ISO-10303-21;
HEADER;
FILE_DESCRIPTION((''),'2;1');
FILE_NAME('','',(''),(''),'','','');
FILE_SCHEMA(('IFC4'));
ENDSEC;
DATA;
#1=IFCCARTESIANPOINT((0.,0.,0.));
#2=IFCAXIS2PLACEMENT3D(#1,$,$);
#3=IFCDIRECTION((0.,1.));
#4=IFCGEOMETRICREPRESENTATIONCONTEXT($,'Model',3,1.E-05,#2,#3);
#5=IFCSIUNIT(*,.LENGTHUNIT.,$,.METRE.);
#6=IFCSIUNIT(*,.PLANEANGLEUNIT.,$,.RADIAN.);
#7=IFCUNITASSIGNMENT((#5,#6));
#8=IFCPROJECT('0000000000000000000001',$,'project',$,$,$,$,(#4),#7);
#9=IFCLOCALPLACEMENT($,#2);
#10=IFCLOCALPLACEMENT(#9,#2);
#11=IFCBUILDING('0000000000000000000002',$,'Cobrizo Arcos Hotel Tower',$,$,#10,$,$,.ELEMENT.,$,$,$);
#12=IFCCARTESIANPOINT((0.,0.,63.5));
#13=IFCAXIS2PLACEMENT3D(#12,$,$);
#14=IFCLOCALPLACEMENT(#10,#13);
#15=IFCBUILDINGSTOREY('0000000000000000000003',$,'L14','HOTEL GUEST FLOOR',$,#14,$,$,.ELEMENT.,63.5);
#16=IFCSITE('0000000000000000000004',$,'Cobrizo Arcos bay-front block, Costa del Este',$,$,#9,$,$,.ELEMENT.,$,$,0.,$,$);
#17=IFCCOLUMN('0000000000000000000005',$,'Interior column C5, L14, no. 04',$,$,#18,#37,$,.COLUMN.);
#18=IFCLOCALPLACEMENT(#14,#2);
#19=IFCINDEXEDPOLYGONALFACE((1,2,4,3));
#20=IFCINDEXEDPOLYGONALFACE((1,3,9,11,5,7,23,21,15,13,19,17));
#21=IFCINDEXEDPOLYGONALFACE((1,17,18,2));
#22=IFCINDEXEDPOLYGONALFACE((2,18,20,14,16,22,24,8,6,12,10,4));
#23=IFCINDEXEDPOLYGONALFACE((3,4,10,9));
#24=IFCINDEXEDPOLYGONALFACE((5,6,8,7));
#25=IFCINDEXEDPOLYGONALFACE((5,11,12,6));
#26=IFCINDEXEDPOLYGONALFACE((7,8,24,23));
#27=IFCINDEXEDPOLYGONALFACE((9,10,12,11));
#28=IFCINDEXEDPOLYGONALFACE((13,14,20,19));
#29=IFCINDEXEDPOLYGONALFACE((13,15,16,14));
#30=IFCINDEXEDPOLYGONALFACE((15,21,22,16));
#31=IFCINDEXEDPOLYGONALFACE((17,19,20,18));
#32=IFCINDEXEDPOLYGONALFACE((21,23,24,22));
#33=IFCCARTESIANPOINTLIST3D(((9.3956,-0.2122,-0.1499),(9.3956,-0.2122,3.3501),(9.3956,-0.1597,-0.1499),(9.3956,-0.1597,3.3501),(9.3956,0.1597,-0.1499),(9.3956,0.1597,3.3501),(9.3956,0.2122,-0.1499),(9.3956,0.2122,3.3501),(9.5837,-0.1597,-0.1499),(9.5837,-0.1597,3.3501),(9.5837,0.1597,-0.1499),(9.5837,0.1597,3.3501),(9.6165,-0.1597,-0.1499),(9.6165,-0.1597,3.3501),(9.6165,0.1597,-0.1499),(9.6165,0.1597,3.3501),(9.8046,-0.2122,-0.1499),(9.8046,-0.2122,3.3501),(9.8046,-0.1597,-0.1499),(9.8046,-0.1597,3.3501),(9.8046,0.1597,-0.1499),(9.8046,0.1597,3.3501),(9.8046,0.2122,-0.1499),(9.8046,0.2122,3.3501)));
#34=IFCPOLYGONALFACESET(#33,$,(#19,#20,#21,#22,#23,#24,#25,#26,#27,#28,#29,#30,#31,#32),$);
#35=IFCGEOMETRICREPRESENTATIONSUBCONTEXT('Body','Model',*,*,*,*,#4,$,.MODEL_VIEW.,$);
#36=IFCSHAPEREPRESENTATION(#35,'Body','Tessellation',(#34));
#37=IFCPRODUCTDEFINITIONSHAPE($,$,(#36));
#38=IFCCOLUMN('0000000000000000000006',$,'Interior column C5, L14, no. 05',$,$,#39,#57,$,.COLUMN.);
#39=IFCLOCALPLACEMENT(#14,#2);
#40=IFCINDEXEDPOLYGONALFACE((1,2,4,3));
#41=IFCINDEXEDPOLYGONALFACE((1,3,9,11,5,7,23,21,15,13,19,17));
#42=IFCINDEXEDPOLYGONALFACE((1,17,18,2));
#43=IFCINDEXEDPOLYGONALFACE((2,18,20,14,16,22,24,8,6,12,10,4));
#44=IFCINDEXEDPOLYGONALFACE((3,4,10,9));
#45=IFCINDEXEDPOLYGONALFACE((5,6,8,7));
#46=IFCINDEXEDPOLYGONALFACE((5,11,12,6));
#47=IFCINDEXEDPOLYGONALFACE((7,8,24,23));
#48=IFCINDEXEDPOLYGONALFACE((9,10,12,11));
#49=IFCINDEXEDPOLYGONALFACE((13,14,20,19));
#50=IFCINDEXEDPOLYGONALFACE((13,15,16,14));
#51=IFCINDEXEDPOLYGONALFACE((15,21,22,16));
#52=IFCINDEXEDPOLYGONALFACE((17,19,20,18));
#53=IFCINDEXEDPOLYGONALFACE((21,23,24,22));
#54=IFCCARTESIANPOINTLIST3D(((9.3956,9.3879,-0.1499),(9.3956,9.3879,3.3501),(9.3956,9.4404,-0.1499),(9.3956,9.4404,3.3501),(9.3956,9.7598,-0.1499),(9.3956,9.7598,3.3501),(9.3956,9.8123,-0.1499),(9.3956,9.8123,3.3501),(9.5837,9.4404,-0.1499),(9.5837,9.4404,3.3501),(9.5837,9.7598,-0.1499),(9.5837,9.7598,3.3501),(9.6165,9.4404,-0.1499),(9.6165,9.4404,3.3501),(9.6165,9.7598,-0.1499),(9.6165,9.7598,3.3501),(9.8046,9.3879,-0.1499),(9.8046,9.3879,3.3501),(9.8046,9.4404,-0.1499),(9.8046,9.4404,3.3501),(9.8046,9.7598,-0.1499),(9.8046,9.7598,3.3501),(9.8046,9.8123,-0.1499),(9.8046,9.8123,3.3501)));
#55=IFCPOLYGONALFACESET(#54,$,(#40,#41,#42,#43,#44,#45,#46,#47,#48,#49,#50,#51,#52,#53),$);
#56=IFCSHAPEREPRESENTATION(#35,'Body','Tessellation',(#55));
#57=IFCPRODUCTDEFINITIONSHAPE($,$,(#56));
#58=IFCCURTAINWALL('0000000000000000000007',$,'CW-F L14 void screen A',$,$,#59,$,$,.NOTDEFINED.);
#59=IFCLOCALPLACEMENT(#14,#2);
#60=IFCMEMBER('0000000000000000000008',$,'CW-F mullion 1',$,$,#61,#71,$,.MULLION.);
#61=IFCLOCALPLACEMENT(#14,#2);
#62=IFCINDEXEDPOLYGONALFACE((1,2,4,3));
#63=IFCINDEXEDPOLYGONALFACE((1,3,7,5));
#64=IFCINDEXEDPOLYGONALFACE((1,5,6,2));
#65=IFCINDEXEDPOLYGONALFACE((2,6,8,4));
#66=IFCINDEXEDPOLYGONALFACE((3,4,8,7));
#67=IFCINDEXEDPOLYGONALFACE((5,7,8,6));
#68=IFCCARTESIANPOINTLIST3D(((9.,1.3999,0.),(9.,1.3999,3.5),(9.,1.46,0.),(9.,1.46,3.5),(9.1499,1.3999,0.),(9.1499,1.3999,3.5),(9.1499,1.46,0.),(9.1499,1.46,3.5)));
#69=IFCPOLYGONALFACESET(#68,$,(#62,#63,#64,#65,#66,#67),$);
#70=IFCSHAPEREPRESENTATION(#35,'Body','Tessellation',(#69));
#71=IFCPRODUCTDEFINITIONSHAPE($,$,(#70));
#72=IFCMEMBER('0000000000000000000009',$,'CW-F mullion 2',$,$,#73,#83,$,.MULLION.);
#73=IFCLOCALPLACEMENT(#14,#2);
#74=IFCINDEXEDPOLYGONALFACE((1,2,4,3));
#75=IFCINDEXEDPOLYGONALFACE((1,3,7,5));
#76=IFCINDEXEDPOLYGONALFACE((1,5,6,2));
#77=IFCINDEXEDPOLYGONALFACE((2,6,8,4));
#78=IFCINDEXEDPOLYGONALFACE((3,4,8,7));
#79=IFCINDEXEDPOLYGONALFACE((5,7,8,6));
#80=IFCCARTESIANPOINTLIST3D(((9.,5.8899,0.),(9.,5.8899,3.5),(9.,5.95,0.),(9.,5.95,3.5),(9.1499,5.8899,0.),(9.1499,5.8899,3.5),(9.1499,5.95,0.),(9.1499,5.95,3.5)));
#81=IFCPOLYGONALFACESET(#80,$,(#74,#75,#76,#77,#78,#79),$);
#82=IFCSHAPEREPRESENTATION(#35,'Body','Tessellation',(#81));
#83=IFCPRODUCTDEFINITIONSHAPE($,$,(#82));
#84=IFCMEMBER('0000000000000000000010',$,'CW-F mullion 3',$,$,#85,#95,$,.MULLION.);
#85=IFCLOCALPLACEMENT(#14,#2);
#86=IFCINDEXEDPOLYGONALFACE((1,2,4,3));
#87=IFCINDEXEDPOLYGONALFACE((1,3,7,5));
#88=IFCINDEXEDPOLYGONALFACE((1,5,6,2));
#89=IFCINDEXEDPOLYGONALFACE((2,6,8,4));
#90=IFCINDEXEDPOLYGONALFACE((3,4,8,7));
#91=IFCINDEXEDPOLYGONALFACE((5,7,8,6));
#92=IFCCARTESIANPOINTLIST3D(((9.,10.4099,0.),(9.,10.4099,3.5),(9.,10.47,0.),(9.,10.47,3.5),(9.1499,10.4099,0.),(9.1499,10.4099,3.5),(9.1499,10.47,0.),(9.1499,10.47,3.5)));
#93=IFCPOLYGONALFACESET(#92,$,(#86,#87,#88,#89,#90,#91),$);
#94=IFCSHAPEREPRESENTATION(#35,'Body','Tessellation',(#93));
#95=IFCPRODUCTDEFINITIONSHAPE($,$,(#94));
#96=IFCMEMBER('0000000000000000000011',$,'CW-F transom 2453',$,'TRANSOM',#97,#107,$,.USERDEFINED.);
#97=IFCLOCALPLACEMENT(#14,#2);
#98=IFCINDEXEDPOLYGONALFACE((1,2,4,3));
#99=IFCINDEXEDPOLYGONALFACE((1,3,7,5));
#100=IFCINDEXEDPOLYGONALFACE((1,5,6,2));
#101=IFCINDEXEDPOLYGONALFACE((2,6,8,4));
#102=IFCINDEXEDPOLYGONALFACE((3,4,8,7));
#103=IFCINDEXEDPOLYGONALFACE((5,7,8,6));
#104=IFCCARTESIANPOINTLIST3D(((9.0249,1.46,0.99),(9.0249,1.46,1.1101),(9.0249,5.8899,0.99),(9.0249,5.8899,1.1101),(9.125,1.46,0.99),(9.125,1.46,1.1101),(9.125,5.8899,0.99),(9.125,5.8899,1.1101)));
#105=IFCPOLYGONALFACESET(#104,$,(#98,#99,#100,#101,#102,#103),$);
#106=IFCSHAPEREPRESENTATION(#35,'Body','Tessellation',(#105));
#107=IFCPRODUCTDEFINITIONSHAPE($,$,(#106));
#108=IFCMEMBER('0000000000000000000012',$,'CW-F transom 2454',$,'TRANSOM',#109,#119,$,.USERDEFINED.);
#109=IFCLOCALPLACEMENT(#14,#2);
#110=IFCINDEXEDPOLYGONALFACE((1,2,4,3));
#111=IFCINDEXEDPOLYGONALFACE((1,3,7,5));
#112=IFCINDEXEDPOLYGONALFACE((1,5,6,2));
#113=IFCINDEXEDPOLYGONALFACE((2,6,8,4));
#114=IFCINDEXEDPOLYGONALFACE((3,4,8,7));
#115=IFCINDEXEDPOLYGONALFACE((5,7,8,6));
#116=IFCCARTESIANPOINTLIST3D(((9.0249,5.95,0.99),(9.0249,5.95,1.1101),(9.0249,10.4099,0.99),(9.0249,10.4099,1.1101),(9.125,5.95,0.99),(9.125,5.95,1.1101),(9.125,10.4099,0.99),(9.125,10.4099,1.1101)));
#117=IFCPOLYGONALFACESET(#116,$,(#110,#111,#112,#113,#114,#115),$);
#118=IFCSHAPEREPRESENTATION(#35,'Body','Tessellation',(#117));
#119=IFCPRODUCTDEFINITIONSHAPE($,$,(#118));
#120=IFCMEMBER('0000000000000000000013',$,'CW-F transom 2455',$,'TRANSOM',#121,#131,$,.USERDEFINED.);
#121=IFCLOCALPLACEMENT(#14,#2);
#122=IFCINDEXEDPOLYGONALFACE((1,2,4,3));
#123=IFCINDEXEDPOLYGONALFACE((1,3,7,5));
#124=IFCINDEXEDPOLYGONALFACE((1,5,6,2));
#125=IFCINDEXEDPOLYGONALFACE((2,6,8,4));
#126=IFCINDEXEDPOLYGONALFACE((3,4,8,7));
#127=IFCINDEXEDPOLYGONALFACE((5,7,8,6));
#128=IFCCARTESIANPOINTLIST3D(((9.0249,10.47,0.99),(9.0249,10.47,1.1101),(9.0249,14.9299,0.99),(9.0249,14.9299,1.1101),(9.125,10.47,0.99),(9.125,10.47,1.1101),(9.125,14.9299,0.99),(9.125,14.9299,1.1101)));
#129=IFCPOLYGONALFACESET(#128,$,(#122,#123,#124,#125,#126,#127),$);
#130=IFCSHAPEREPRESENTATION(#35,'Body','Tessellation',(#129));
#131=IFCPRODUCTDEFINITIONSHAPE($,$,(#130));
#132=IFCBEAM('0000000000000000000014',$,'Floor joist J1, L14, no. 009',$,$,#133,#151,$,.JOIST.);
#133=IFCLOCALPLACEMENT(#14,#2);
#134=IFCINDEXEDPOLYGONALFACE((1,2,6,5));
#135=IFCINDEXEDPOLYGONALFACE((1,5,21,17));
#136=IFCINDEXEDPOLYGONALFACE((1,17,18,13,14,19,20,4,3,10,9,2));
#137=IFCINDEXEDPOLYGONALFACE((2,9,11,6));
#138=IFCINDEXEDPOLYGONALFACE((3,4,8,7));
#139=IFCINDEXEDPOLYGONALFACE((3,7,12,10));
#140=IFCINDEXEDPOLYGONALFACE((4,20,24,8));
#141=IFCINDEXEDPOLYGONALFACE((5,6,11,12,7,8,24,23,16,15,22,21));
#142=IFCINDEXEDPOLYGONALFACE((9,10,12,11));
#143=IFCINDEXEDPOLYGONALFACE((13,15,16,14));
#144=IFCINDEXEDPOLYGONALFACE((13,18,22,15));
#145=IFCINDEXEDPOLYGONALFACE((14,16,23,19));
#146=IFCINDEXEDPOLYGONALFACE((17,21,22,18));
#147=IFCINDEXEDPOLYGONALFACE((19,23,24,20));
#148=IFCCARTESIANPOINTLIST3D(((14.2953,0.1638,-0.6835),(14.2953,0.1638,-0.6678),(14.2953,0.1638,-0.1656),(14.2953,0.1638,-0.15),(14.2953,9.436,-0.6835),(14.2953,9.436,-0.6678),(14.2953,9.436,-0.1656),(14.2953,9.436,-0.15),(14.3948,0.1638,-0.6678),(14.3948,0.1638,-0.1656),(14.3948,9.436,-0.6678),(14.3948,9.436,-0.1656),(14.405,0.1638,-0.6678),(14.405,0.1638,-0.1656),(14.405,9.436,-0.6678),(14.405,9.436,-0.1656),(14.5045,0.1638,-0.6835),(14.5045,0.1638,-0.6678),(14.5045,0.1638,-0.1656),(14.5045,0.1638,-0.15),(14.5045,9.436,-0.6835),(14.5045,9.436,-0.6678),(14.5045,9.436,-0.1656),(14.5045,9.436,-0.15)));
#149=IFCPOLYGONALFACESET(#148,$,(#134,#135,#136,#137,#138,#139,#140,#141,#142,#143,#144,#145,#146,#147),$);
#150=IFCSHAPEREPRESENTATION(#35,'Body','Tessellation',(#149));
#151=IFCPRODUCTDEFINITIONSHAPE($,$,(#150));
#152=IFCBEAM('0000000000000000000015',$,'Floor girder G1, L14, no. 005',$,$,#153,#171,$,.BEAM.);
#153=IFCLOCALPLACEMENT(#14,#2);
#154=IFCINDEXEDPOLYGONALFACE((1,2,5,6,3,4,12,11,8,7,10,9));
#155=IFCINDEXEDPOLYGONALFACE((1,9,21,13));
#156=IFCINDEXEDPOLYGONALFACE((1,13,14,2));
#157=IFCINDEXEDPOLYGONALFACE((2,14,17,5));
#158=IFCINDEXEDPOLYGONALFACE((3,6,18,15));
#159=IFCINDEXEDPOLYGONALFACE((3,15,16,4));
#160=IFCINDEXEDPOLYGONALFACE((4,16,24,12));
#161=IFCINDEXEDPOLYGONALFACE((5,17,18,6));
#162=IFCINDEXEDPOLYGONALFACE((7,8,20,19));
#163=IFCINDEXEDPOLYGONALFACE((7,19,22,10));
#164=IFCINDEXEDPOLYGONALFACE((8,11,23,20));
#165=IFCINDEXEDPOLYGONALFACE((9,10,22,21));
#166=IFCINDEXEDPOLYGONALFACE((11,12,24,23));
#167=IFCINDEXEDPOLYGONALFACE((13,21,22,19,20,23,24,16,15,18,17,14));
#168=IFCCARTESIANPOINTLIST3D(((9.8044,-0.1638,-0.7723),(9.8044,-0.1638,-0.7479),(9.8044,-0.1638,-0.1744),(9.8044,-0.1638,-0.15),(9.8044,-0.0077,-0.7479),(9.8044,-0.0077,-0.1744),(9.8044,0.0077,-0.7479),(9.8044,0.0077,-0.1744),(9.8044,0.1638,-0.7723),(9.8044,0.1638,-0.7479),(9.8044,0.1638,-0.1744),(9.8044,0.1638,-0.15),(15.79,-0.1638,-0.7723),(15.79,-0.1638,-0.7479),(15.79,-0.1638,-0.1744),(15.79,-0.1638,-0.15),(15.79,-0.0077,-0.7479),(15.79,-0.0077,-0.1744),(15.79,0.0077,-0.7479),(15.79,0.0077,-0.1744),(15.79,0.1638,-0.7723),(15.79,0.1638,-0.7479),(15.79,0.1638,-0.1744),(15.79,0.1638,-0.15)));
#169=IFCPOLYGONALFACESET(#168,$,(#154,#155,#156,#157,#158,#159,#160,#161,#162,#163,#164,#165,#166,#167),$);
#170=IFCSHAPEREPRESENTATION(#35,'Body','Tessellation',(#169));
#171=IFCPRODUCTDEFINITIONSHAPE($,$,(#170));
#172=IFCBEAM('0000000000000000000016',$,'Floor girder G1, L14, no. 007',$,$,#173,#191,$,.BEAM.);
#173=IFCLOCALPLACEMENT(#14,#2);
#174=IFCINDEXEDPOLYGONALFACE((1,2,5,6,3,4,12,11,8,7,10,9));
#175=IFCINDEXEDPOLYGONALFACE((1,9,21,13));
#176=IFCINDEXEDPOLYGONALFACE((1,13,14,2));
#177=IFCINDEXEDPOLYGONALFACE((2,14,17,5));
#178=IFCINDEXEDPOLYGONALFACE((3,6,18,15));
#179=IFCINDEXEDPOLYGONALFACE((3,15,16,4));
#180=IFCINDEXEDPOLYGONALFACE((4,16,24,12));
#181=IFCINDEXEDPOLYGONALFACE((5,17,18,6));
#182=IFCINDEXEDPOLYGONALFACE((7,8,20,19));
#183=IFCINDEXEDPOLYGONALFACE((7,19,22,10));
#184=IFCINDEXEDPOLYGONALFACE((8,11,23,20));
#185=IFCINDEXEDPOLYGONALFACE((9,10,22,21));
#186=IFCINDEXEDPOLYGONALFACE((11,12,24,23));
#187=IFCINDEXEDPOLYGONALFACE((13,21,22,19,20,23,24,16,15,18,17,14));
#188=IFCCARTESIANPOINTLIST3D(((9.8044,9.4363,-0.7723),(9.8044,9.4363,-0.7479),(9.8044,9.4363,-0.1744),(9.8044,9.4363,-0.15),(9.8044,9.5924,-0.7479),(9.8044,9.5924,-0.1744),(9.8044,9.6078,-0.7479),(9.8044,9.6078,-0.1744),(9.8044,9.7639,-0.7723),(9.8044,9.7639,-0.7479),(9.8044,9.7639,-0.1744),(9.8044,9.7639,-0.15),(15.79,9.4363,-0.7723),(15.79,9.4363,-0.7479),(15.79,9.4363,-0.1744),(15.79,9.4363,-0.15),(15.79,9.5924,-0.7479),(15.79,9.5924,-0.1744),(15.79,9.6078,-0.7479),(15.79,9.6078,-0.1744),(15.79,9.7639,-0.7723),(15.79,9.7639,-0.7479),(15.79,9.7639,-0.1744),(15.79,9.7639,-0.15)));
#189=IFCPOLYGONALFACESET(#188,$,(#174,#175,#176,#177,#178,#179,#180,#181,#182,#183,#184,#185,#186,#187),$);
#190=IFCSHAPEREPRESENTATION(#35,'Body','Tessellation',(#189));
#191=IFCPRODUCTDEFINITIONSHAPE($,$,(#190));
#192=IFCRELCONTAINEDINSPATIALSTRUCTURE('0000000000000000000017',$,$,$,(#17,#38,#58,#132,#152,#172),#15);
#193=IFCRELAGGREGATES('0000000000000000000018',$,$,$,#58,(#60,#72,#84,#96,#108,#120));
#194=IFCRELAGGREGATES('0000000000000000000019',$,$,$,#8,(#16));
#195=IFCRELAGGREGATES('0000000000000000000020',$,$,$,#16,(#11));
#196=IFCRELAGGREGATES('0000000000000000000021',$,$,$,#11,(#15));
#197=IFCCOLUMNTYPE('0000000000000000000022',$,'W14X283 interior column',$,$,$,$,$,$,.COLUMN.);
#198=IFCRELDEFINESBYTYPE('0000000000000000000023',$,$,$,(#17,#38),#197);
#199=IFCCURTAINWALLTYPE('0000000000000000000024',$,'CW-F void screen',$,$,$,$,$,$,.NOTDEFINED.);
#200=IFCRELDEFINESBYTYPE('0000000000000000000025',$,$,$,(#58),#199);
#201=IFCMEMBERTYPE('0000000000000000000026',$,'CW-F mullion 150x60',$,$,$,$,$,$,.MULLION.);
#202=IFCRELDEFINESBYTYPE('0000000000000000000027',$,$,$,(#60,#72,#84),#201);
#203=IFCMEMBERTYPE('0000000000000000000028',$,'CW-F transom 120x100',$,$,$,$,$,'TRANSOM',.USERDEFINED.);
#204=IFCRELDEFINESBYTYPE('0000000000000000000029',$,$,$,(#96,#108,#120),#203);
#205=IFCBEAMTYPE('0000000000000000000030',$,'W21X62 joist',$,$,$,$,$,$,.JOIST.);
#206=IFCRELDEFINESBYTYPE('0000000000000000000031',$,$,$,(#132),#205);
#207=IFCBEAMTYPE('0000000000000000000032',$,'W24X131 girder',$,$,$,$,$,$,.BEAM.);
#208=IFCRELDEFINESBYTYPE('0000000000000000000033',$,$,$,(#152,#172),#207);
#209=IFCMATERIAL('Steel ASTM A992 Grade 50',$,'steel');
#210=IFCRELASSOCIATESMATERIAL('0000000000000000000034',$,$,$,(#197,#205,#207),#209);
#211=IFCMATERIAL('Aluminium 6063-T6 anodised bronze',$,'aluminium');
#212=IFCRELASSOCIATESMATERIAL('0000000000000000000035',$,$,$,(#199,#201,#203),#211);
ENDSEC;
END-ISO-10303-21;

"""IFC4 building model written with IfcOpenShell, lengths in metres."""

from ifc_helpers import new_model, si_unit, direction, frame, origin, origin_2d, place, context, subcontext, project, spatial, rectangle, i_section, extrude, material, material_profile, profile_set, type_object, element, aggregate, save


model = new_model("IFC4")

# Units and contexts
model_context = context("Model", 3, precision=1e-05, world=origin(), true_north=direction((0.0, 1.0)))
body_context = subcontext(model_context, "Body", "Model", "MODEL_VIEW")
ifc_project = project(units=[si_unit("LENGTHUNIT", "METRE"), si_unit("PLANEANGLEUNIT", "RADIAN")], contexts=[model_context])

# Site, building, storey
site_placement = place(None, origin())
site = spatial("IfcSite", under=ifc_project, at=site_placement, Name="Cobrizo Arcos bay-front block, Costa del Este", CompositionType="ELEMENT", RefElevation=0.0)
building_placement = place(site_placement, origin())
building = spatial("IfcBuilding", under=site, at=building_placement, Name="Cobrizo Arcos Hotel Tower", CompositionType="ELEMENT")
storey_placement = place(building_placement, frame((0.0, 0.0, 63.5)))
storey = spatial("IfcBuildingStorey", under=building, at=storey_placement, Name="L14", Description="HOTEL GUEST FLOOR", CompositionType="ELEMENT", Elevation=63.5)

# Columns
ifc_material_1 = material(Name="Steel ASTM A992 Grade 50", Category="steel")
ifc_material_profile_1 = material_profile(ifc_material_1, i_section(OverallWidth=0.4089, OverallDepth=0.4243, WebThickness=0.0327, FlangeThickness=0.0525, at=origin_2d()), Name="W14X283")
ifc_profile_set_1 = profile_set([ifc_material_profile_1], Name="Steel ASTM A992 Grade 50")
column_type = type_object("IfcColumnType", Name="W14X283 interior column", PredefinedType="COLUMN", material=ifc_profile_set_1)
for number, where, z_axis, x_axis, name in (
    (1, (9.6001, 0.0, -0.1499), (0.0, 0.0, 1.0), (1.0, 0.0, 0.0), "Interior column C5, L14, no. 04"),
    (2, (9.6001, 9.6001, -0.1499), (0.0, 0.0, 1.0), (1.0, 0.0, 0.0), "Interior column C5, L14, no. 05"),
):
    element("IfcColumn", number, at=place(storey_placement, frame(where, z_axis=z_axis, x_axis=x_axis)), inside=storey, type_object=column_type, Name=name, PredefinedType="COLUMN", context=body_context, shape_type="SweptSolid", body=[
        extrude(i_section(OverallWidth=0.4089, OverallDepth=0.4243, WebThickness=0.0327, FlangeThickness=0.0525, at=origin_2d()), origin(), (0.0, 0.0, 1.0), 3.5),
    ])

# Curtain wall, members
ifc_material_2 = material(Name="Aluminium 6063-T6 anodised bronze", Category="aluminium")
curtain_wall_type = type_object("IfcCurtainWallType", Name="CW-F void screen", PredefinedType="NOTDEFINED", material=ifc_material_2)
curtain_wall_placement = place(storey_placement, origin())
curtain_wall = element("IfcCurtainWall", 3, at=curtain_wall_placement, inside=storey, type_object=curtain_wall_type, Name="CW-F L14 void screen A", PredefinedType="NOTDEFINED")
ifc_material_profile_2 = material_profile(ifc_material_2, rectangle(XDim=0.1499, YDim=0.0601, at=origin_2d()), Name="CW-F mullion 150x60")
ifc_profile_set_2 = profile_set([ifc_material_profile_2], Name="Aluminium 6063-T6 anodised bronze")
member_type_1 = type_object("IfcMemberType", Name="CW-F mullion 150x60", PredefinedType="MULLION", material=ifc_profile_set_2)
member_1_placement = place(storey_placement, frame((9.075, 1.4299, 0.0), z_axis=(0.0, 0.0, 1.0), x_axis=(1.0, 0.0, 0.0)))
member_1 = element("IfcMember", 4, at=member_1_placement, type_object=member_type_1, Name="CW-F mullion 1", PredefinedType="MULLION", context=body_context, shape_type="SweptSolid", body=[
    extrude(rectangle(XDim=0.1499, YDim=0.0601, at=origin_2d()), origin(), (0.0, 0.0, 1.0), 3.5),
])
member_2_placement = place(storey_placement, frame((9.075, 5.9199, 0.0), z_axis=(0.0, 0.0, 1.0), x_axis=(1.0, 0.0, 0.0)))
member_2 = element("IfcMember", 5, at=member_2_placement, type_object=member_type_1, Name="CW-F mullion 2", PredefinedType="MULLION", context=body_context, shape_type="SweptSolid", body=[
    extrude(rectangle(XDim=0.1499, YDim=0.0601, at=origin_2d()), origin(), (0.0, 0.0, 1.0), 3.5),
])
member_3_placement = place(storey_placement, frame((9.075, 10.4399, 0.0), z_axis=(0.0, 0.0, 1.0), x_axis=(1.0, 0.0, 0.0)))
member_3 = element("IfcMember", 6, at=member_3_placement, type_object=member_type_1, Name="CW-F mullion 3", PredefinedType="MULLION", context=body_context, shape_type="SweptSolid", body=[
    extrude(rectangle(XDim=0.1499, YDim=0.0601, at=origin_2d()), origin(), (0.0, 0.0, 1.0), 3.5),
])
ifc_material_profile_3 = material_profile(ifc_material_2, rectangle(XDim=0.1001, YDim=0.1201, at=origin_2d()), Name="CW-F transom 120x100")
ifc_profile_set_3 = profile_set([ifc_material_profile_3], Name="Aluminium 6063-T6 anodised bronze")
member_type_2 = type_object("IfcMemberType", Name="CW-F transom 120x100", ElementType="TRANSOM", PredefinedType="USERDEFINED", material=ifc_profile_set_3)
member_4_placement = place(storey_placement, frame((9.075, 1.46, 1.05), z_axis=(0.0, 1.0, 0.0), x_axis=(-1.0, 0.0, 0.0)))
member_4 = element("IfcMember", 7, at=member_4_placement, type_object=member_type_2, Name="CW-F transom 2453", ObjectType="TRANSOM", PredefinedType="USERDEFINED", context=body_context, shape_type="SweptSolid", body=[
    extrude(rectangle(XDim=0.1001, YDim=0.1201, at=origin_2d()), origin(), (0.0, 0.0, 1.0), 4.4299),
])
member_5_placement = place(storey_placement, frame((9.075, 5.95, 1.05), z_axis=(0.0, 1.0, 0.0), x_axis=(-1.0, 0.0, 0.0)))
member_5 = element("IfcMember", 8, at=member_5_placement, type_object=member_type_2, Name="CW-F transom 2454", ObjectType="TRANSOM", PredefinedType="USERDEFINED", context=body_context, shape_type="SweptSolid", body=[
    extrude(rectangle(XDim=0.1001, YDim=0.1201, at=origin_2d()), origin(), (0.0, 0.0, 1.0), 4.46),
])
member_6_placement = place(storey_placement, frame((9.075, 10.47, 1.05), z_axis=(0.0, 1.0, 0.0), x_axis=(-1.0, 0.0, 0.0)))
member_6 = element("IfcMember", 9, at=member_6_placement, type_object=member_type_2, Name="CW-F transom 2455", ObjectType="TRANSOM", PredefinedType="USERDEFINED", context=body_context, shape_type="SweptSolid", body=[
    extrude(rectangle(XDim=0.1001, YDim=0.1201, at=origin_2d()), origin(), (0.0, 0.0, 1.0), 4.46),
])

# Beams
ifc_material_profile_4 = material_profile(ifc_material_1, i_section(OverallWidth=0.2092, OverallDepth=0.5334, WebThickness=0.0103, FlangeThickness=0.0156, at=origin_2d()), Name="W21X62")
ifc_profile_set_4 = profile_set([ifc_material_profile_4], Name="Steel ASTM A992 Grade 50")
beam_type_1 = type_object("IfcBeamType", Name="W21X62 joist", PredefinedType="JOIST", material=ifc_profile_set_4)
beam_1_placement = place(storey_placement, frame((14.3999, 0.1638, -0.4167), z_axis=(0.0, 1.0, 0.0), x_axis=(-1.0, 0.0, 0.0)))
element("IfcBeam", 10, at=beam_1_placement, inside=storey, type_object=beam_type_1, Name="Floor joist J1, L14, no. 009", PredefinedType="JOIST", context=body_context, shape_type="SweptSolid", body=[
    extrude(i_section(OverallWidth=0.2092, OverallDepth=0.5334, WebThickness=0.0103, FlangeThickness=0.0156, at=origin_2d()), origin(), (0.0, 0.0, 1.0), 9.2722),
])
ifc_material_profile_5 = material_profile(ifc_material_1, i_section(OverallWidth=0.3276, OverallDepth=0.6223, WebThickness=0.0154, FlangeThickness=0.0244, at=origin_2d()), Name="W24X131")
ifc_profile_set_5 = profile_set([ifc_material_profile_5], Name="Steel ASTM A992 Grade 50")
beam_type_2 = type_object("IfcBeamType", Name="W24X131 girder", PredefinedType="BEAM", material=ifc_profile_set_5)
for number, where, z_axis, x_axis, name in (
    (11, (9.8044, 0.0, -0.4612), (1.0, 0.0, 0.0), (0.0, 1.0, 0.0), "Floor girder G1, L14, no. 005"),
    (12, (9.8044, 9.6001, -0.4612), (1.0, 0.0, 0.0), (0.0, 1.0, 0.0), "Floor girder G1, L14, no. 007"),
):
    element("IfcBeam", number, at=place(storey_placement, frame(where, z_axis=z_axis, x_axis=x_axis)), inside=storey, type_object=beam_type_2, Name=name, PredefinedType="BEAM", context=body_context, shape_type="SweptSolid", body=[
        extrude(i_section(OverallWidth=0.3276, OverallDepth=0.6223, WebThickness=0.0154, FlangeThickness=0.0244, at=origin_2d()), origin(), (0.0, 0.0, 1.0), 5.9856),
    ])

aggregate(curtain_wall, [member_1, member_2, member_3, member_4, member_5, member_6])

save(model, "model.ifc")
